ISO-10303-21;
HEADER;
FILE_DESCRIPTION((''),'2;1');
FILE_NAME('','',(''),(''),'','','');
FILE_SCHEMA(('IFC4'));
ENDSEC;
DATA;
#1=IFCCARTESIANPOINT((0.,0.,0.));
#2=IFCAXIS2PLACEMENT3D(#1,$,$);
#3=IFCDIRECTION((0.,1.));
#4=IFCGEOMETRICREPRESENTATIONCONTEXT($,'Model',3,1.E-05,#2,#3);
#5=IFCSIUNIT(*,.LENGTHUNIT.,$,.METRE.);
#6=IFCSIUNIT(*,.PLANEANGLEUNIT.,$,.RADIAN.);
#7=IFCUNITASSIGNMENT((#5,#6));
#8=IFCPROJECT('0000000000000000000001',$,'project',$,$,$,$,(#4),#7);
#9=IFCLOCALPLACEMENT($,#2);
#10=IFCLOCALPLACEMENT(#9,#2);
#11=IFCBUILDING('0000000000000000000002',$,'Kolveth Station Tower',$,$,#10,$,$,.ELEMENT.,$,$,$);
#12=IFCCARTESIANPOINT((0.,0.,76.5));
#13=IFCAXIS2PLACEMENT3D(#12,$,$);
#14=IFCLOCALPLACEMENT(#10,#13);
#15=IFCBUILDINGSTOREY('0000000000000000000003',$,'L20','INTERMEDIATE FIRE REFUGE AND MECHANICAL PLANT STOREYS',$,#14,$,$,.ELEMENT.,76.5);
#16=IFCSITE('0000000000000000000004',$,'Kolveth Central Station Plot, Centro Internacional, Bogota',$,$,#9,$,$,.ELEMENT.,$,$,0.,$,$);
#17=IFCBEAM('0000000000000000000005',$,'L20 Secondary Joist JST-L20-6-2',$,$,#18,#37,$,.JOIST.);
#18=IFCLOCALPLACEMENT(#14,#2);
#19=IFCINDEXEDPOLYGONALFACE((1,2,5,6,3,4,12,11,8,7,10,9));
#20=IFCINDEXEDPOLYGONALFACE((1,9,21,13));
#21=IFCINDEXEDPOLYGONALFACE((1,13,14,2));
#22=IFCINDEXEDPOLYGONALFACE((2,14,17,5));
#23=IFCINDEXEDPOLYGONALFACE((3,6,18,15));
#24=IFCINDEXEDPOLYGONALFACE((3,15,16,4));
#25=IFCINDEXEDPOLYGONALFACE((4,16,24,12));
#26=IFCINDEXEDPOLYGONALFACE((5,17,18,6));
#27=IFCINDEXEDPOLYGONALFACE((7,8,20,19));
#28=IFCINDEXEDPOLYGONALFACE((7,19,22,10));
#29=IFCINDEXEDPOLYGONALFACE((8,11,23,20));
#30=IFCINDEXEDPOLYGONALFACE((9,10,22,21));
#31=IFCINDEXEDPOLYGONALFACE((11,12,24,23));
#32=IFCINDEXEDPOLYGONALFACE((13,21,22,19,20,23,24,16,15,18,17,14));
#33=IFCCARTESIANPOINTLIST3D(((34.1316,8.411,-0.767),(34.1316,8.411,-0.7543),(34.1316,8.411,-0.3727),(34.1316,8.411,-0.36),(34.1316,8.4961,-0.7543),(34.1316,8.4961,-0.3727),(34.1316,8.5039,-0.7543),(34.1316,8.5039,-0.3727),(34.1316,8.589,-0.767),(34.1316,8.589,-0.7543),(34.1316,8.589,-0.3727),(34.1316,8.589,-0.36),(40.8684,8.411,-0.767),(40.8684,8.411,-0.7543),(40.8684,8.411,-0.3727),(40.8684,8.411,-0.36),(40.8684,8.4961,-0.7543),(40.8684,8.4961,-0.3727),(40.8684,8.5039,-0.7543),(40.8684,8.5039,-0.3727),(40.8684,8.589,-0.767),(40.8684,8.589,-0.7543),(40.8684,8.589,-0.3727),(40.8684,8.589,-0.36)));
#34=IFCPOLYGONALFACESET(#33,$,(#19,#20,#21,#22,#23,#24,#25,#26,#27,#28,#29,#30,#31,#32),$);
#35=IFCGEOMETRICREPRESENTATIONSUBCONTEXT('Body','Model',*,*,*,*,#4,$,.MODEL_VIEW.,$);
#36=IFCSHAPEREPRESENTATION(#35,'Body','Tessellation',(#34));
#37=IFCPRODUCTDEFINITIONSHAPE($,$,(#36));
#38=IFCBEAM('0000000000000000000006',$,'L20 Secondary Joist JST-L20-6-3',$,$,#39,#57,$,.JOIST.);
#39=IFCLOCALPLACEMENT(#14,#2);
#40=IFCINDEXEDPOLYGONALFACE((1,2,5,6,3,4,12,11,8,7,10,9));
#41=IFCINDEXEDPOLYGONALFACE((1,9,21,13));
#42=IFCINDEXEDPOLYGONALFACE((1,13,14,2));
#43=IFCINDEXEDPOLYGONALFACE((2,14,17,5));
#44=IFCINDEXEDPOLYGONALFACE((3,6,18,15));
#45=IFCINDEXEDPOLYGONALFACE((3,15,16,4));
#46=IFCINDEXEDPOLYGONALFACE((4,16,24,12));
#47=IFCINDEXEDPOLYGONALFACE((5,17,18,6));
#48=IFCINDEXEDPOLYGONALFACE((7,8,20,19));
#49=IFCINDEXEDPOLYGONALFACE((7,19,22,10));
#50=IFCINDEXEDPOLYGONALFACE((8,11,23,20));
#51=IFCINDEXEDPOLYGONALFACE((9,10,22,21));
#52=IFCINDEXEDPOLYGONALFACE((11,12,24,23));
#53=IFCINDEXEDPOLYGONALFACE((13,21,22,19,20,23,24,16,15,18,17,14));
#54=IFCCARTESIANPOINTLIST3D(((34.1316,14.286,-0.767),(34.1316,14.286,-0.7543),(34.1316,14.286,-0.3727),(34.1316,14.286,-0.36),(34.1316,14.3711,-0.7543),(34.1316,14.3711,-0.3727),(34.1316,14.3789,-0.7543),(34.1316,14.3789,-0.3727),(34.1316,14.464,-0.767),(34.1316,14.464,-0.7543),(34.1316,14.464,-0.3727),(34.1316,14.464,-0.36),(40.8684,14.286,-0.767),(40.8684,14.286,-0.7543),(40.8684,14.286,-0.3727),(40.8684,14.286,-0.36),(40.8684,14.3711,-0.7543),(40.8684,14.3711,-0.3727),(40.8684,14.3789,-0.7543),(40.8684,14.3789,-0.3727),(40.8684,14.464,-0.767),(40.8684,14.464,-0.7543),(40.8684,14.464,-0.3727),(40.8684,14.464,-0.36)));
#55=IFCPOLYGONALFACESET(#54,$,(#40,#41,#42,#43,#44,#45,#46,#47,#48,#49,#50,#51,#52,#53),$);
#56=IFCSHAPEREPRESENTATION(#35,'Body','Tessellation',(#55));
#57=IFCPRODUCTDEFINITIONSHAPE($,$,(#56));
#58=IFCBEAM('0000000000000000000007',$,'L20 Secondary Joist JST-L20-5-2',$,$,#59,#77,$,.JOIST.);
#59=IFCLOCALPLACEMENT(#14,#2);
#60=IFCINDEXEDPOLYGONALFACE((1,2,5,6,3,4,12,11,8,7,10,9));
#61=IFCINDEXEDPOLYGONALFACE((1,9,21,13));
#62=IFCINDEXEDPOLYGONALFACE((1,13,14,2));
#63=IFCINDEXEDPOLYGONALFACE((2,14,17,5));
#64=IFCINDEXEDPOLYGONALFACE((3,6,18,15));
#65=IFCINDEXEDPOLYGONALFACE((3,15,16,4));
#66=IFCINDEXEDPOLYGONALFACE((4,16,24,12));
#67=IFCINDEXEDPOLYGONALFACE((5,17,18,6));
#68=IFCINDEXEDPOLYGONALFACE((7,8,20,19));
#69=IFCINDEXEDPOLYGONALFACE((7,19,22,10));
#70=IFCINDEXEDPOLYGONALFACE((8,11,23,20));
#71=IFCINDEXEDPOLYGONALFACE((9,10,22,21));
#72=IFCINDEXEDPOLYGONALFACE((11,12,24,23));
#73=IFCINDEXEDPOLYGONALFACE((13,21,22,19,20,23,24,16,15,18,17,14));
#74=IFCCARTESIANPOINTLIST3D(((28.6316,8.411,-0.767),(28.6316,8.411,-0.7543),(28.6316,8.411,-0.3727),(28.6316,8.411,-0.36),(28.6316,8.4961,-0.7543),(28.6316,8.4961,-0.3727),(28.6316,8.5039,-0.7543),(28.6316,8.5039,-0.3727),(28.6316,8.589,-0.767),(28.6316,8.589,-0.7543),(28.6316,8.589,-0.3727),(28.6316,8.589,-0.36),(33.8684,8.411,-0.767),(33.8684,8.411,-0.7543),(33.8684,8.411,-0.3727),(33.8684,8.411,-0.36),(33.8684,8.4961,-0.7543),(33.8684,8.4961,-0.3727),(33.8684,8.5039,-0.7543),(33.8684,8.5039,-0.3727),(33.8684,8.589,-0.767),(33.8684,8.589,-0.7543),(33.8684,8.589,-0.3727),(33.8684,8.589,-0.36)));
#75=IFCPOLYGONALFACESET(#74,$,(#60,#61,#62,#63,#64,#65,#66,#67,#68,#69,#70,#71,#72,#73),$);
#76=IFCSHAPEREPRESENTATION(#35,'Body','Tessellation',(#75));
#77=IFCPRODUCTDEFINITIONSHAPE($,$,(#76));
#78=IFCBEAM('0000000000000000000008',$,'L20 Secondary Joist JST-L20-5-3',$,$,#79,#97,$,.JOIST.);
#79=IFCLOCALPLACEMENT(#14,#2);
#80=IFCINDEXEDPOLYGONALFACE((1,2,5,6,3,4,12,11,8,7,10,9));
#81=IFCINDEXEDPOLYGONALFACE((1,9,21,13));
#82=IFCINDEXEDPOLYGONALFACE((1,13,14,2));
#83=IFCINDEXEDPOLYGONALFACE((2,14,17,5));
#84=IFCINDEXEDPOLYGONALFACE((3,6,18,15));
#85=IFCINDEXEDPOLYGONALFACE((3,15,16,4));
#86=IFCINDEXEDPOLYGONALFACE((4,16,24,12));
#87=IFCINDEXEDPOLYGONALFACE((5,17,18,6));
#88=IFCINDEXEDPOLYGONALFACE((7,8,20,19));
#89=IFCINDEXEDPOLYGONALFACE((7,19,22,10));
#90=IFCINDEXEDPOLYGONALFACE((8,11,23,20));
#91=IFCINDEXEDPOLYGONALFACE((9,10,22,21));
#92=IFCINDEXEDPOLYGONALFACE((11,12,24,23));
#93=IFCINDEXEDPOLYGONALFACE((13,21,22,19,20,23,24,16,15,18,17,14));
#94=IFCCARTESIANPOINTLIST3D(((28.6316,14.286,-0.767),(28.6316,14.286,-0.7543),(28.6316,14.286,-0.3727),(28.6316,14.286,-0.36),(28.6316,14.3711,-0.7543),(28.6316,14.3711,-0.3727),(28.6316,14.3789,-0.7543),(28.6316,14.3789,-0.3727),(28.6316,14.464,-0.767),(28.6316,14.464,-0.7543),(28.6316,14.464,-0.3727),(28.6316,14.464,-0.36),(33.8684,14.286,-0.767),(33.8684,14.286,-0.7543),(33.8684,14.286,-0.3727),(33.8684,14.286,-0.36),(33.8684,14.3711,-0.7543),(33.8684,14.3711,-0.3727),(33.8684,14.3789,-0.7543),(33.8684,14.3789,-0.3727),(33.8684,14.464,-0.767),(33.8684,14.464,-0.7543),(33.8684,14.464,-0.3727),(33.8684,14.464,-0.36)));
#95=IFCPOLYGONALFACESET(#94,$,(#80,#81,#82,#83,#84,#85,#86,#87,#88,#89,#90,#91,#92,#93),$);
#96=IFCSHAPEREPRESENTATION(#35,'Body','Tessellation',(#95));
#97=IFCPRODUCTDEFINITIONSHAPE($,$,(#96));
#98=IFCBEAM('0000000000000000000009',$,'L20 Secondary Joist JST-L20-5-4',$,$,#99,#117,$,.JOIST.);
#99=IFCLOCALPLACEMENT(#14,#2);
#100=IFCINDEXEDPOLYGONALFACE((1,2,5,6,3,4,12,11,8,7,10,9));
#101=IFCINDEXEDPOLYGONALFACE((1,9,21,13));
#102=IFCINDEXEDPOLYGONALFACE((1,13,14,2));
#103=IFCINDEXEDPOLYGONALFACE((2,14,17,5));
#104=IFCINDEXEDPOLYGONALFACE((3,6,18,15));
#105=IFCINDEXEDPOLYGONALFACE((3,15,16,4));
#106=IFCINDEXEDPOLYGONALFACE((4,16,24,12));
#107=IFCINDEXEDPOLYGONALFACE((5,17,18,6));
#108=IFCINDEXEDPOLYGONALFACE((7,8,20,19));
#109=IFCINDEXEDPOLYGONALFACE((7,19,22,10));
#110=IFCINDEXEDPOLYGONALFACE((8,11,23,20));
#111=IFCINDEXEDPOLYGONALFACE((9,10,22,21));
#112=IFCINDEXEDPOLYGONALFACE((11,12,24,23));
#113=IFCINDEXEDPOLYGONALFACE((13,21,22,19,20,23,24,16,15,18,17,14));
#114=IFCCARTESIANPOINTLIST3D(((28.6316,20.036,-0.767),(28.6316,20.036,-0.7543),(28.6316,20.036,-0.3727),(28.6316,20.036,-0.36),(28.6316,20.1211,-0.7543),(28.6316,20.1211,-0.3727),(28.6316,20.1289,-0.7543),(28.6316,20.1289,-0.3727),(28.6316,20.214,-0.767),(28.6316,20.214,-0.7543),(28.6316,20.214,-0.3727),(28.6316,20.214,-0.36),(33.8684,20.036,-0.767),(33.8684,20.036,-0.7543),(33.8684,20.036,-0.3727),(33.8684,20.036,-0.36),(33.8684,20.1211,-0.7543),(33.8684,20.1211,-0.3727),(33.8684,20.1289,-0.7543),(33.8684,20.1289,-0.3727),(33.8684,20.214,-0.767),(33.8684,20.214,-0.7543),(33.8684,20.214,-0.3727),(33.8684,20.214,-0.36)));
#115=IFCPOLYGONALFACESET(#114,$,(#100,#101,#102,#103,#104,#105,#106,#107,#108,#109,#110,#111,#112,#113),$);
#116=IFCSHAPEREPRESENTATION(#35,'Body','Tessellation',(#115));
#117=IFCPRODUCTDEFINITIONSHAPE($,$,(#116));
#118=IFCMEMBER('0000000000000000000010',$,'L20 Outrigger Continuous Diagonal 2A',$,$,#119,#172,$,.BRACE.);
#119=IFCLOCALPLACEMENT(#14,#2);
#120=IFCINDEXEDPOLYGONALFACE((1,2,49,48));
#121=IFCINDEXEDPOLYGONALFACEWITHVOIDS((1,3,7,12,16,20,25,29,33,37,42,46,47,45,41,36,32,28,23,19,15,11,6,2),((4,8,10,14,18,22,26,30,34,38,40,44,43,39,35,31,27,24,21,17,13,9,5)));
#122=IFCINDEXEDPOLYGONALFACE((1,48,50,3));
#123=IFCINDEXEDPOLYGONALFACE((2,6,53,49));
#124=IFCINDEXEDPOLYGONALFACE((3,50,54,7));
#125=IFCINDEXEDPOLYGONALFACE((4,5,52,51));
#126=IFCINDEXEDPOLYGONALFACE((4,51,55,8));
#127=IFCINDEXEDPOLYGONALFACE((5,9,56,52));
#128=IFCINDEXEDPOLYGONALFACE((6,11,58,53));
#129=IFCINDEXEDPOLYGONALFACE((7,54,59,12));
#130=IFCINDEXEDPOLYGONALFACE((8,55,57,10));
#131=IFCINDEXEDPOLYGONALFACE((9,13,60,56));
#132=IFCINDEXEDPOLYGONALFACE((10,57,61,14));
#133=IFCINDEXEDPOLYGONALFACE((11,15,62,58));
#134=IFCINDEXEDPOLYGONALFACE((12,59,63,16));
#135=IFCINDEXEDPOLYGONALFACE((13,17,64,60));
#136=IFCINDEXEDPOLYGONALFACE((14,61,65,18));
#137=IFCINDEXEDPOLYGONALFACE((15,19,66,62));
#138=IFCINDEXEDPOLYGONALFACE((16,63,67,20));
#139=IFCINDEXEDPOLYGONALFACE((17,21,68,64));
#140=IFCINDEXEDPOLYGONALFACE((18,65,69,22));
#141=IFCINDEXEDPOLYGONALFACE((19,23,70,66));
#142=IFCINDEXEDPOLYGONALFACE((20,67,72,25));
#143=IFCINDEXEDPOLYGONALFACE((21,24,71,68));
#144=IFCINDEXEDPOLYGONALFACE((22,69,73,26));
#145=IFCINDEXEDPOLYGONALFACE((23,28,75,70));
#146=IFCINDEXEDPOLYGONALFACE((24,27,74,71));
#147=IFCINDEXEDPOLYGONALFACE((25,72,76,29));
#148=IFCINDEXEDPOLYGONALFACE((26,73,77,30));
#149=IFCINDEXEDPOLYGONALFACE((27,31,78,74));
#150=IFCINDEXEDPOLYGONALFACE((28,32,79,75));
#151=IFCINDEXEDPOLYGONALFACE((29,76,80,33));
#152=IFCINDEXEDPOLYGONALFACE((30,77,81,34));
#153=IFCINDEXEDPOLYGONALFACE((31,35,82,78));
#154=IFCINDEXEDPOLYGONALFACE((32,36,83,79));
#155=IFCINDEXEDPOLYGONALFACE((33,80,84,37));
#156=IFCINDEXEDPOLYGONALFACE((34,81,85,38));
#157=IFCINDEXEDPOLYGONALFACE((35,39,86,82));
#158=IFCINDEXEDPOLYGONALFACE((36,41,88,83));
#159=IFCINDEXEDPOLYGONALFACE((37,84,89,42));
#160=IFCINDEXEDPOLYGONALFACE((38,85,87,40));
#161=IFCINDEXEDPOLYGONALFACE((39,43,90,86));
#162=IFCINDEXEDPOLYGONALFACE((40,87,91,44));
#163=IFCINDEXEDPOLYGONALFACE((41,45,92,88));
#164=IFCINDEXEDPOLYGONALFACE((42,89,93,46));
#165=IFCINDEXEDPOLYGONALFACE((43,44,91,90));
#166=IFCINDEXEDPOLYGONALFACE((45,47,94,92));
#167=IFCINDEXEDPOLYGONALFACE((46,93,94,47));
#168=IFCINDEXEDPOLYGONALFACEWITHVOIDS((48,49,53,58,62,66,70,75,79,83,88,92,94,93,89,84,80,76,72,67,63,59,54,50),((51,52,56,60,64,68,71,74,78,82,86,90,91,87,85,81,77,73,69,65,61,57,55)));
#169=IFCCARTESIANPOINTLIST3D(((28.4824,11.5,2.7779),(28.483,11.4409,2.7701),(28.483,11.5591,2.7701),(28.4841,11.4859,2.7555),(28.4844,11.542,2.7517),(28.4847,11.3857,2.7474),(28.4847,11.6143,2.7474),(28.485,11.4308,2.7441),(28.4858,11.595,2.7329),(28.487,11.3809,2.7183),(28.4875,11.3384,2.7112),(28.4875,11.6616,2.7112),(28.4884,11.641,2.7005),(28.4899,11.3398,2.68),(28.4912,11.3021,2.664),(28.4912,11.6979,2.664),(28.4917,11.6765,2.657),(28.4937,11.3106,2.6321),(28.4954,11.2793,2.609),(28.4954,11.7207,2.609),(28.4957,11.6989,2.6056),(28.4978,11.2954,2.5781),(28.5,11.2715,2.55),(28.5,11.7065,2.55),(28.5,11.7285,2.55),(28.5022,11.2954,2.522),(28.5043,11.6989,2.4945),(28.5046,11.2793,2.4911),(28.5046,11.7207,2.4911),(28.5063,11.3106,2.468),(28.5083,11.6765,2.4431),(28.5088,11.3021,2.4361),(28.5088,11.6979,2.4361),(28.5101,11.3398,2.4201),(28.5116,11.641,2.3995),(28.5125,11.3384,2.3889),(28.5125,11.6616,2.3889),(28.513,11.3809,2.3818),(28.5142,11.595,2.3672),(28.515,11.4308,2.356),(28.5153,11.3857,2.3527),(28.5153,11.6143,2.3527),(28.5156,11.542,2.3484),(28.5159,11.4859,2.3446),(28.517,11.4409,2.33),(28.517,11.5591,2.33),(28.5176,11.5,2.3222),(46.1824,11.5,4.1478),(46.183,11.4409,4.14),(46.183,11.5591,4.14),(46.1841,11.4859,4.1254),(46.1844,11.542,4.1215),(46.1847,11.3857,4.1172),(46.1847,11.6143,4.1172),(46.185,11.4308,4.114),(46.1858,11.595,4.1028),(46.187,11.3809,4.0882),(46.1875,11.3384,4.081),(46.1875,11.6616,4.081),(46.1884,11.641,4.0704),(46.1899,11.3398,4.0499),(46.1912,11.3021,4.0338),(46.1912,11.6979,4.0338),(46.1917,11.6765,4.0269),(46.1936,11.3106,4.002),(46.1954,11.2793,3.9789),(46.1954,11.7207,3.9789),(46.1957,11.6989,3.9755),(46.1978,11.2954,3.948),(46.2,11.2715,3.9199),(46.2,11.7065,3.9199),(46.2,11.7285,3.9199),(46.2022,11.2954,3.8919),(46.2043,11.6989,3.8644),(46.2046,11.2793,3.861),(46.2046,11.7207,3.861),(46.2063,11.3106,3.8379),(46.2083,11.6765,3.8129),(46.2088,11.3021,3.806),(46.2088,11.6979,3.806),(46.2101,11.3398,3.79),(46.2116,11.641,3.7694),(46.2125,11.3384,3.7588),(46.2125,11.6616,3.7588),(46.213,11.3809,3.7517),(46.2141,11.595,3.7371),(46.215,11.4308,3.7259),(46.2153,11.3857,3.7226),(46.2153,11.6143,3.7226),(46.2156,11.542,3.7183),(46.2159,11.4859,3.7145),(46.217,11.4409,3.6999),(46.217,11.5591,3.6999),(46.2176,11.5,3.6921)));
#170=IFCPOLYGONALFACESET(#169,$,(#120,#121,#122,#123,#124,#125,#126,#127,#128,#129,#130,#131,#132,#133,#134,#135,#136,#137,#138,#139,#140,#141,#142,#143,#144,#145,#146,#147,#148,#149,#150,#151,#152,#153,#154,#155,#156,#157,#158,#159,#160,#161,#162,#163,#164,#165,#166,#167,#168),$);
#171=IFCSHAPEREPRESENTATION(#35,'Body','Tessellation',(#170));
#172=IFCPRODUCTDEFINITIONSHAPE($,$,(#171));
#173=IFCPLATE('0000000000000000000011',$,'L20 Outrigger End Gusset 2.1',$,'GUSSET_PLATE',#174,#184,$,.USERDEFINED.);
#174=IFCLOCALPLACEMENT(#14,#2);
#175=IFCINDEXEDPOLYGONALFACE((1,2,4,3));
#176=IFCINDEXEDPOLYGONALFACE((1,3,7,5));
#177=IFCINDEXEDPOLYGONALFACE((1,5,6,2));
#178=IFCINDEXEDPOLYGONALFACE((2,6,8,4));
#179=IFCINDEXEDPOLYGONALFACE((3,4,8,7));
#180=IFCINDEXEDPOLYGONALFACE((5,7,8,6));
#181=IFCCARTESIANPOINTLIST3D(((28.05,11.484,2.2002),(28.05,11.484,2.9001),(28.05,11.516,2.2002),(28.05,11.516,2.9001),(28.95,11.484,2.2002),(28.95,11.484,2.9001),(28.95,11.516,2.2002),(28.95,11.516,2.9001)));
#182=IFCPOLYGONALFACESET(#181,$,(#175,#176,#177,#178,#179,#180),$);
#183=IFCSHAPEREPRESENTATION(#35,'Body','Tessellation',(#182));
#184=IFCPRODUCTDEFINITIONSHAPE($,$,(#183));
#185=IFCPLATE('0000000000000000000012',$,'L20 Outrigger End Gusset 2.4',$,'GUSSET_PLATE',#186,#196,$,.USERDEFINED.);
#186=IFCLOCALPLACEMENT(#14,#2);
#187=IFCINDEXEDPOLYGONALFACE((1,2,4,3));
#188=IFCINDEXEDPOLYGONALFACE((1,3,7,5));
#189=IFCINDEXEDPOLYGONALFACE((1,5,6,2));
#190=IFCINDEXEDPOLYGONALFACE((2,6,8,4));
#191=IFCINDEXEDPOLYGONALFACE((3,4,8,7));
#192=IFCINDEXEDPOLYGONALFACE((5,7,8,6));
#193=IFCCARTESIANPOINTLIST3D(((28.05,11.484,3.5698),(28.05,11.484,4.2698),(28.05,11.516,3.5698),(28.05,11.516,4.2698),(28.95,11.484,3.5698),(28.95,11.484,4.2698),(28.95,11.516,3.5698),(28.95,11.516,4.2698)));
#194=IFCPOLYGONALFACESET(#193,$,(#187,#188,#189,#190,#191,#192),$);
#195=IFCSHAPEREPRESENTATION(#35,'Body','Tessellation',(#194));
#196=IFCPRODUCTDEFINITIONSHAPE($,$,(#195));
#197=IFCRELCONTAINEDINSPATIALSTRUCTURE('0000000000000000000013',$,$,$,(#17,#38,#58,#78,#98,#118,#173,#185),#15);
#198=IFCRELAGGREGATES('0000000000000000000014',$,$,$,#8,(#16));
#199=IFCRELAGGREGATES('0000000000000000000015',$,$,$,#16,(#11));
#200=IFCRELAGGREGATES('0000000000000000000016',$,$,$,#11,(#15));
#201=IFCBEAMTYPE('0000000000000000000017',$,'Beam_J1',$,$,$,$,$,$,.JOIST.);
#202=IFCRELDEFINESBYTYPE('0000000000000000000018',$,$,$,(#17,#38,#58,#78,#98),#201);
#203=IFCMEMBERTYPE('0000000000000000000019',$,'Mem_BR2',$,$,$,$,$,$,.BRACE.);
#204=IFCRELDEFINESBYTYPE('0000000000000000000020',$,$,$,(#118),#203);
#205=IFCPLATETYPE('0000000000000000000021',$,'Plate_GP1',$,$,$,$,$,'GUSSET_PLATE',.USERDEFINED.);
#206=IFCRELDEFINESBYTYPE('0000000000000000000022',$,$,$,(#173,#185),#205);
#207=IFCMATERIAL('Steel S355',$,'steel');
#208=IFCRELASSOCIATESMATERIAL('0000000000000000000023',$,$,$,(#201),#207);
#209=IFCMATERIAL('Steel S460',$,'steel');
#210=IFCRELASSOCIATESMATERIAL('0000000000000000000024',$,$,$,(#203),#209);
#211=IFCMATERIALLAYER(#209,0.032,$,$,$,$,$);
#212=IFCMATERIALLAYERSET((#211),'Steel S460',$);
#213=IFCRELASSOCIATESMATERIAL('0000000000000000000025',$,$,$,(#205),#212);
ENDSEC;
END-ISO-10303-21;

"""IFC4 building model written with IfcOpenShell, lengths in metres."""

from ifc_helpers import new_model, si_unit, direction, frame, origin, origin_2d, place, context, subcontext, project, spatial, rectangle, hollow_circle, i_section, extrude, source, transform, mapped, material, layer, layer_set, material_profile, profile_set, type_object, element, save


model = new_model("IFC4")

# Units and contexts
model_context = context("Model", 3, precision=1e-05, world=origin(), true_north=direction((0.0, 1.0)))
body_context = subcontext(model_context, "Body", "Model", "MODEL_VIEW")
ifc_project = project(units=[si_unit("LENGTHUNIT", "METRE"), si_unit("PLANEANGLEUNIT", "RADIAN")], contexts=[model_context])

# Site, building, storey
site_placement = place(None, origin())
site = spatial("IfcSite", under=ifc_project, at=site_placement, Name="Kolveth Central Station Plot, Centro Internacional, Bogota", CompositionType="ELEMENT", RefElevation=0.0)
building_placement = place(site_placement, origin())
building = spatial("IfcBuilding", under=site, at=building_placement, Name="Kolveth Station Tower", CompositionType="ELEMENT")
storey_placement = place(building_placement, frame((0.0, 0.0, 76.5)))
storey = spatial("IfcBuildingStorey", under=building, at=storey_placement, Name="L20", Description="INTERMEDIATE FIRE REFUGE AND MECHANICAL PLANT STOREYS", CompositionType="ELEMENT", Elevation=76.5)

# Shared definitions
ifc_material_1 = material(Name="Steel S460", Category="steel")

# Beams
ifc_material_2 = material(Name="Steel S355", Category="steel")
ifc_material_profile_1 = material_profile(ifc_material_2, i_section(OverallWidth=0.178, OverallDepth=0.407, WebThickness=0.0078, FlangeThickness=0.0127, at=origin_2d()), Name="W410x60")
ifc_profile_set_1 = profile_set([ifc_material_profile_1], Name="Steel S355")
beam_type_1 = type_object("IfcBeamType", Name="Beam_J1", PredefinedType="JOIST", material=ifc_profile_set_1)
shared_shape_1 = source(origin(), body_context, "Body", "SweptSolid", [
    extrude(i_section(OverallWidth=0.178, OverallDepth=0.407, WebThickness=0.0078, FlangeThickness=0.0127, at=origin_2d()), origin(), (0.0, 0.0, 1.0), 6.7368),
])
for number, where, z_axis, x_axis, name in (
    (1, (34.1316, 8.5, -0.5635), (1.0, 0.0, 0.0), (0.0, 1.0, 0.0), "L20 Secondary Joist JST-L20-6-2"),
    (2, (34.1316, 14.375, -0.5635), (1.0, 0.0, 0.0), (0.0, 1.0, 0.0), "L20 Secondary Joist JST-L20-6-3"),
):
    element("IfcBeam", number, at=place(storey_placement, frame(where, z_axis=z_axis, x_axis=x_axis)), inside=storey, type_object=beam_type_1, Name=name, PredefinedType="JOIST", context=body_context, shape_type="MappedRepresentation", body=[
        mapped(shared_shape_1, transform((0.0, 0.0, 0.0), x_axis=(1.0, 0.0, 0.0), y_axis=(0.0, 1.0, 0.0), z_axis=(0.0, 0.0, 1.0), scale=1.0)),
    ])
shared_shape_2 = source(origin(), body_context, "Body", "SweptSolid", [
    extrude(i_section(OverallWidth=0.178, OverallDepth=0.407, WebThickness=0.0078, FlangeThickness=0.0127, at=origin_2d()), origin(), (0.0, 0.0, 1.0), 5.2368),
])
for number, where, z_axis, x_axis, name in (
    (3, (28.6316, 8.5, -0.5635), (1.0, 0.0, 0.0), (0.0, 1.0, 0.0), "L20 Secondary Joist JST-L20-5-2"),
    (4, (28.6316, 14.375, -0.5635), (1.0, 0.0, 0.0), (0.0, 1.0, 0.0), "L20 Secondary Joist JST-L20-5-3"),
    (5, (28.6316, 20.125, -0.5635), (1.0, 0.0, 0.0), (0.0, 1.0, 0.0), "L20 Secondary Joist JST-L20-5-4"),
):
    element("IfcBeam", number, at=place(storey_placement, frame(where, z_axis=z_axis, x_axis=x_axis)), inside=storey, type_object=beam_type_1, Name=name, PredefinedType="JOIST", context=body_context, shape_type="MappedRepresentation", body=[
        mapped(shared_shape_2, transform((0.0, 0.0, 0.0), x_axis=(1.0, 0.0, 0.0), y_axis=(0.0, 1.0, 0.0), z_axis=(0.0, 0.0, 1.0), scale=1.0)),
    ])

# Member
ifc_material_profile_2 = material_profile(ifc_material_1, hollow_circle(Radius=0.2285, WallThickness=0.022, at=origin_2d()), Name="CHS457x22")
ifc_profile_set_2 = profile_set([ifc_material_profile_2], Name="Steel S460")
member_type = type_object("IfcMemberType", Name="Mem_BR2", PredefinedType="BRACE", material=ifc_profile_set_2)
shared_shape_3 = source(origin(), body_context, "Body", "SweptSolid", [
    extrude(hollow_circle(Radius=0.2285, WallThickness=0.022, at=origin_2d()), origin(), (0.0, 0.0, 1.0), 17.7529),
])
member_placement = place(storey_placement, frame((28.5, 11.5, 2.55), z_axis=(0.997018, 0.0, 0.077163), x_axis=(0.0, 1.0, 0.0)))
element("IfcMember", 6, at=member_placement, inside=storey, type_object=member_type, Name="L20 Outrigger Continuous Diagonal 2A", PredefinedType="BRACE", context=body_context, shape_type="MappedRepresentation", body=[
    mapped(shared_shape_3, transform((0.0, 0.0, 0.0), x_axis=(1.0, 0.0, 0.0), y_axis=(0.0, 1.0, 0.0), z_axis=(0.0, 0.0, 1.0), scale=1.0)),
])

# Plates
ifc_layer_1 = layer(ifc_material_1, 0.032)
ifc_layer_set_1 = layer_set([ifc_layer_1], Name="Steel S460")
plate_type = type_object("IfcPlateType", Name="Plate_GP1", ElementType="GUSSET_PLATE", PredefinedType="USERDEFINED", material=ifc_layer_set_1)
shared_shape_4 = source(origin(), body_context, "Body", "SweptSolid", [
    extrude(rectangle(XDim=0.8999, YDim=0.032, at=origin_2d()), origin(), (0.0, 0.0, 1.0), 0.7),
])
for number, where, z_axis, x_axis, name in (
    (7, (28.5, 11.5, 2.2002), (0.0, 0.0, 1.0), (1.0, 0.0, 0.0), "L20 Outrigger End Gusset 2.1"),
    (8, (28.5, 11.5, 3.5698), (0.0, 0.0, 1.0), (1.0, 0.0, 0.0), "L20 Outrigger End Gusset 2.4"),
):
    element("IfcPlate", number, at=place(storey_placement, frame(where, z_axis=z_axis, x_axis=x_axis)), inside=storey, type_object=plate_type, Name=name, ObjectType="GUSSET_PLATE", PredefinedType="USERDEFINED", context=body_context, shape_type="MappedRepresentation", body=[
        mapped(shared_shape_4, transform((0.0, 0.0, 0.0), x_axis=(1.0, 0.0, 0.0), y_axis=(0.0, 1.0, 0.0), z_axis=(0.0, 0.0, 1.0), scale=1.0)),
    ])

save(model, "model.ifc")
